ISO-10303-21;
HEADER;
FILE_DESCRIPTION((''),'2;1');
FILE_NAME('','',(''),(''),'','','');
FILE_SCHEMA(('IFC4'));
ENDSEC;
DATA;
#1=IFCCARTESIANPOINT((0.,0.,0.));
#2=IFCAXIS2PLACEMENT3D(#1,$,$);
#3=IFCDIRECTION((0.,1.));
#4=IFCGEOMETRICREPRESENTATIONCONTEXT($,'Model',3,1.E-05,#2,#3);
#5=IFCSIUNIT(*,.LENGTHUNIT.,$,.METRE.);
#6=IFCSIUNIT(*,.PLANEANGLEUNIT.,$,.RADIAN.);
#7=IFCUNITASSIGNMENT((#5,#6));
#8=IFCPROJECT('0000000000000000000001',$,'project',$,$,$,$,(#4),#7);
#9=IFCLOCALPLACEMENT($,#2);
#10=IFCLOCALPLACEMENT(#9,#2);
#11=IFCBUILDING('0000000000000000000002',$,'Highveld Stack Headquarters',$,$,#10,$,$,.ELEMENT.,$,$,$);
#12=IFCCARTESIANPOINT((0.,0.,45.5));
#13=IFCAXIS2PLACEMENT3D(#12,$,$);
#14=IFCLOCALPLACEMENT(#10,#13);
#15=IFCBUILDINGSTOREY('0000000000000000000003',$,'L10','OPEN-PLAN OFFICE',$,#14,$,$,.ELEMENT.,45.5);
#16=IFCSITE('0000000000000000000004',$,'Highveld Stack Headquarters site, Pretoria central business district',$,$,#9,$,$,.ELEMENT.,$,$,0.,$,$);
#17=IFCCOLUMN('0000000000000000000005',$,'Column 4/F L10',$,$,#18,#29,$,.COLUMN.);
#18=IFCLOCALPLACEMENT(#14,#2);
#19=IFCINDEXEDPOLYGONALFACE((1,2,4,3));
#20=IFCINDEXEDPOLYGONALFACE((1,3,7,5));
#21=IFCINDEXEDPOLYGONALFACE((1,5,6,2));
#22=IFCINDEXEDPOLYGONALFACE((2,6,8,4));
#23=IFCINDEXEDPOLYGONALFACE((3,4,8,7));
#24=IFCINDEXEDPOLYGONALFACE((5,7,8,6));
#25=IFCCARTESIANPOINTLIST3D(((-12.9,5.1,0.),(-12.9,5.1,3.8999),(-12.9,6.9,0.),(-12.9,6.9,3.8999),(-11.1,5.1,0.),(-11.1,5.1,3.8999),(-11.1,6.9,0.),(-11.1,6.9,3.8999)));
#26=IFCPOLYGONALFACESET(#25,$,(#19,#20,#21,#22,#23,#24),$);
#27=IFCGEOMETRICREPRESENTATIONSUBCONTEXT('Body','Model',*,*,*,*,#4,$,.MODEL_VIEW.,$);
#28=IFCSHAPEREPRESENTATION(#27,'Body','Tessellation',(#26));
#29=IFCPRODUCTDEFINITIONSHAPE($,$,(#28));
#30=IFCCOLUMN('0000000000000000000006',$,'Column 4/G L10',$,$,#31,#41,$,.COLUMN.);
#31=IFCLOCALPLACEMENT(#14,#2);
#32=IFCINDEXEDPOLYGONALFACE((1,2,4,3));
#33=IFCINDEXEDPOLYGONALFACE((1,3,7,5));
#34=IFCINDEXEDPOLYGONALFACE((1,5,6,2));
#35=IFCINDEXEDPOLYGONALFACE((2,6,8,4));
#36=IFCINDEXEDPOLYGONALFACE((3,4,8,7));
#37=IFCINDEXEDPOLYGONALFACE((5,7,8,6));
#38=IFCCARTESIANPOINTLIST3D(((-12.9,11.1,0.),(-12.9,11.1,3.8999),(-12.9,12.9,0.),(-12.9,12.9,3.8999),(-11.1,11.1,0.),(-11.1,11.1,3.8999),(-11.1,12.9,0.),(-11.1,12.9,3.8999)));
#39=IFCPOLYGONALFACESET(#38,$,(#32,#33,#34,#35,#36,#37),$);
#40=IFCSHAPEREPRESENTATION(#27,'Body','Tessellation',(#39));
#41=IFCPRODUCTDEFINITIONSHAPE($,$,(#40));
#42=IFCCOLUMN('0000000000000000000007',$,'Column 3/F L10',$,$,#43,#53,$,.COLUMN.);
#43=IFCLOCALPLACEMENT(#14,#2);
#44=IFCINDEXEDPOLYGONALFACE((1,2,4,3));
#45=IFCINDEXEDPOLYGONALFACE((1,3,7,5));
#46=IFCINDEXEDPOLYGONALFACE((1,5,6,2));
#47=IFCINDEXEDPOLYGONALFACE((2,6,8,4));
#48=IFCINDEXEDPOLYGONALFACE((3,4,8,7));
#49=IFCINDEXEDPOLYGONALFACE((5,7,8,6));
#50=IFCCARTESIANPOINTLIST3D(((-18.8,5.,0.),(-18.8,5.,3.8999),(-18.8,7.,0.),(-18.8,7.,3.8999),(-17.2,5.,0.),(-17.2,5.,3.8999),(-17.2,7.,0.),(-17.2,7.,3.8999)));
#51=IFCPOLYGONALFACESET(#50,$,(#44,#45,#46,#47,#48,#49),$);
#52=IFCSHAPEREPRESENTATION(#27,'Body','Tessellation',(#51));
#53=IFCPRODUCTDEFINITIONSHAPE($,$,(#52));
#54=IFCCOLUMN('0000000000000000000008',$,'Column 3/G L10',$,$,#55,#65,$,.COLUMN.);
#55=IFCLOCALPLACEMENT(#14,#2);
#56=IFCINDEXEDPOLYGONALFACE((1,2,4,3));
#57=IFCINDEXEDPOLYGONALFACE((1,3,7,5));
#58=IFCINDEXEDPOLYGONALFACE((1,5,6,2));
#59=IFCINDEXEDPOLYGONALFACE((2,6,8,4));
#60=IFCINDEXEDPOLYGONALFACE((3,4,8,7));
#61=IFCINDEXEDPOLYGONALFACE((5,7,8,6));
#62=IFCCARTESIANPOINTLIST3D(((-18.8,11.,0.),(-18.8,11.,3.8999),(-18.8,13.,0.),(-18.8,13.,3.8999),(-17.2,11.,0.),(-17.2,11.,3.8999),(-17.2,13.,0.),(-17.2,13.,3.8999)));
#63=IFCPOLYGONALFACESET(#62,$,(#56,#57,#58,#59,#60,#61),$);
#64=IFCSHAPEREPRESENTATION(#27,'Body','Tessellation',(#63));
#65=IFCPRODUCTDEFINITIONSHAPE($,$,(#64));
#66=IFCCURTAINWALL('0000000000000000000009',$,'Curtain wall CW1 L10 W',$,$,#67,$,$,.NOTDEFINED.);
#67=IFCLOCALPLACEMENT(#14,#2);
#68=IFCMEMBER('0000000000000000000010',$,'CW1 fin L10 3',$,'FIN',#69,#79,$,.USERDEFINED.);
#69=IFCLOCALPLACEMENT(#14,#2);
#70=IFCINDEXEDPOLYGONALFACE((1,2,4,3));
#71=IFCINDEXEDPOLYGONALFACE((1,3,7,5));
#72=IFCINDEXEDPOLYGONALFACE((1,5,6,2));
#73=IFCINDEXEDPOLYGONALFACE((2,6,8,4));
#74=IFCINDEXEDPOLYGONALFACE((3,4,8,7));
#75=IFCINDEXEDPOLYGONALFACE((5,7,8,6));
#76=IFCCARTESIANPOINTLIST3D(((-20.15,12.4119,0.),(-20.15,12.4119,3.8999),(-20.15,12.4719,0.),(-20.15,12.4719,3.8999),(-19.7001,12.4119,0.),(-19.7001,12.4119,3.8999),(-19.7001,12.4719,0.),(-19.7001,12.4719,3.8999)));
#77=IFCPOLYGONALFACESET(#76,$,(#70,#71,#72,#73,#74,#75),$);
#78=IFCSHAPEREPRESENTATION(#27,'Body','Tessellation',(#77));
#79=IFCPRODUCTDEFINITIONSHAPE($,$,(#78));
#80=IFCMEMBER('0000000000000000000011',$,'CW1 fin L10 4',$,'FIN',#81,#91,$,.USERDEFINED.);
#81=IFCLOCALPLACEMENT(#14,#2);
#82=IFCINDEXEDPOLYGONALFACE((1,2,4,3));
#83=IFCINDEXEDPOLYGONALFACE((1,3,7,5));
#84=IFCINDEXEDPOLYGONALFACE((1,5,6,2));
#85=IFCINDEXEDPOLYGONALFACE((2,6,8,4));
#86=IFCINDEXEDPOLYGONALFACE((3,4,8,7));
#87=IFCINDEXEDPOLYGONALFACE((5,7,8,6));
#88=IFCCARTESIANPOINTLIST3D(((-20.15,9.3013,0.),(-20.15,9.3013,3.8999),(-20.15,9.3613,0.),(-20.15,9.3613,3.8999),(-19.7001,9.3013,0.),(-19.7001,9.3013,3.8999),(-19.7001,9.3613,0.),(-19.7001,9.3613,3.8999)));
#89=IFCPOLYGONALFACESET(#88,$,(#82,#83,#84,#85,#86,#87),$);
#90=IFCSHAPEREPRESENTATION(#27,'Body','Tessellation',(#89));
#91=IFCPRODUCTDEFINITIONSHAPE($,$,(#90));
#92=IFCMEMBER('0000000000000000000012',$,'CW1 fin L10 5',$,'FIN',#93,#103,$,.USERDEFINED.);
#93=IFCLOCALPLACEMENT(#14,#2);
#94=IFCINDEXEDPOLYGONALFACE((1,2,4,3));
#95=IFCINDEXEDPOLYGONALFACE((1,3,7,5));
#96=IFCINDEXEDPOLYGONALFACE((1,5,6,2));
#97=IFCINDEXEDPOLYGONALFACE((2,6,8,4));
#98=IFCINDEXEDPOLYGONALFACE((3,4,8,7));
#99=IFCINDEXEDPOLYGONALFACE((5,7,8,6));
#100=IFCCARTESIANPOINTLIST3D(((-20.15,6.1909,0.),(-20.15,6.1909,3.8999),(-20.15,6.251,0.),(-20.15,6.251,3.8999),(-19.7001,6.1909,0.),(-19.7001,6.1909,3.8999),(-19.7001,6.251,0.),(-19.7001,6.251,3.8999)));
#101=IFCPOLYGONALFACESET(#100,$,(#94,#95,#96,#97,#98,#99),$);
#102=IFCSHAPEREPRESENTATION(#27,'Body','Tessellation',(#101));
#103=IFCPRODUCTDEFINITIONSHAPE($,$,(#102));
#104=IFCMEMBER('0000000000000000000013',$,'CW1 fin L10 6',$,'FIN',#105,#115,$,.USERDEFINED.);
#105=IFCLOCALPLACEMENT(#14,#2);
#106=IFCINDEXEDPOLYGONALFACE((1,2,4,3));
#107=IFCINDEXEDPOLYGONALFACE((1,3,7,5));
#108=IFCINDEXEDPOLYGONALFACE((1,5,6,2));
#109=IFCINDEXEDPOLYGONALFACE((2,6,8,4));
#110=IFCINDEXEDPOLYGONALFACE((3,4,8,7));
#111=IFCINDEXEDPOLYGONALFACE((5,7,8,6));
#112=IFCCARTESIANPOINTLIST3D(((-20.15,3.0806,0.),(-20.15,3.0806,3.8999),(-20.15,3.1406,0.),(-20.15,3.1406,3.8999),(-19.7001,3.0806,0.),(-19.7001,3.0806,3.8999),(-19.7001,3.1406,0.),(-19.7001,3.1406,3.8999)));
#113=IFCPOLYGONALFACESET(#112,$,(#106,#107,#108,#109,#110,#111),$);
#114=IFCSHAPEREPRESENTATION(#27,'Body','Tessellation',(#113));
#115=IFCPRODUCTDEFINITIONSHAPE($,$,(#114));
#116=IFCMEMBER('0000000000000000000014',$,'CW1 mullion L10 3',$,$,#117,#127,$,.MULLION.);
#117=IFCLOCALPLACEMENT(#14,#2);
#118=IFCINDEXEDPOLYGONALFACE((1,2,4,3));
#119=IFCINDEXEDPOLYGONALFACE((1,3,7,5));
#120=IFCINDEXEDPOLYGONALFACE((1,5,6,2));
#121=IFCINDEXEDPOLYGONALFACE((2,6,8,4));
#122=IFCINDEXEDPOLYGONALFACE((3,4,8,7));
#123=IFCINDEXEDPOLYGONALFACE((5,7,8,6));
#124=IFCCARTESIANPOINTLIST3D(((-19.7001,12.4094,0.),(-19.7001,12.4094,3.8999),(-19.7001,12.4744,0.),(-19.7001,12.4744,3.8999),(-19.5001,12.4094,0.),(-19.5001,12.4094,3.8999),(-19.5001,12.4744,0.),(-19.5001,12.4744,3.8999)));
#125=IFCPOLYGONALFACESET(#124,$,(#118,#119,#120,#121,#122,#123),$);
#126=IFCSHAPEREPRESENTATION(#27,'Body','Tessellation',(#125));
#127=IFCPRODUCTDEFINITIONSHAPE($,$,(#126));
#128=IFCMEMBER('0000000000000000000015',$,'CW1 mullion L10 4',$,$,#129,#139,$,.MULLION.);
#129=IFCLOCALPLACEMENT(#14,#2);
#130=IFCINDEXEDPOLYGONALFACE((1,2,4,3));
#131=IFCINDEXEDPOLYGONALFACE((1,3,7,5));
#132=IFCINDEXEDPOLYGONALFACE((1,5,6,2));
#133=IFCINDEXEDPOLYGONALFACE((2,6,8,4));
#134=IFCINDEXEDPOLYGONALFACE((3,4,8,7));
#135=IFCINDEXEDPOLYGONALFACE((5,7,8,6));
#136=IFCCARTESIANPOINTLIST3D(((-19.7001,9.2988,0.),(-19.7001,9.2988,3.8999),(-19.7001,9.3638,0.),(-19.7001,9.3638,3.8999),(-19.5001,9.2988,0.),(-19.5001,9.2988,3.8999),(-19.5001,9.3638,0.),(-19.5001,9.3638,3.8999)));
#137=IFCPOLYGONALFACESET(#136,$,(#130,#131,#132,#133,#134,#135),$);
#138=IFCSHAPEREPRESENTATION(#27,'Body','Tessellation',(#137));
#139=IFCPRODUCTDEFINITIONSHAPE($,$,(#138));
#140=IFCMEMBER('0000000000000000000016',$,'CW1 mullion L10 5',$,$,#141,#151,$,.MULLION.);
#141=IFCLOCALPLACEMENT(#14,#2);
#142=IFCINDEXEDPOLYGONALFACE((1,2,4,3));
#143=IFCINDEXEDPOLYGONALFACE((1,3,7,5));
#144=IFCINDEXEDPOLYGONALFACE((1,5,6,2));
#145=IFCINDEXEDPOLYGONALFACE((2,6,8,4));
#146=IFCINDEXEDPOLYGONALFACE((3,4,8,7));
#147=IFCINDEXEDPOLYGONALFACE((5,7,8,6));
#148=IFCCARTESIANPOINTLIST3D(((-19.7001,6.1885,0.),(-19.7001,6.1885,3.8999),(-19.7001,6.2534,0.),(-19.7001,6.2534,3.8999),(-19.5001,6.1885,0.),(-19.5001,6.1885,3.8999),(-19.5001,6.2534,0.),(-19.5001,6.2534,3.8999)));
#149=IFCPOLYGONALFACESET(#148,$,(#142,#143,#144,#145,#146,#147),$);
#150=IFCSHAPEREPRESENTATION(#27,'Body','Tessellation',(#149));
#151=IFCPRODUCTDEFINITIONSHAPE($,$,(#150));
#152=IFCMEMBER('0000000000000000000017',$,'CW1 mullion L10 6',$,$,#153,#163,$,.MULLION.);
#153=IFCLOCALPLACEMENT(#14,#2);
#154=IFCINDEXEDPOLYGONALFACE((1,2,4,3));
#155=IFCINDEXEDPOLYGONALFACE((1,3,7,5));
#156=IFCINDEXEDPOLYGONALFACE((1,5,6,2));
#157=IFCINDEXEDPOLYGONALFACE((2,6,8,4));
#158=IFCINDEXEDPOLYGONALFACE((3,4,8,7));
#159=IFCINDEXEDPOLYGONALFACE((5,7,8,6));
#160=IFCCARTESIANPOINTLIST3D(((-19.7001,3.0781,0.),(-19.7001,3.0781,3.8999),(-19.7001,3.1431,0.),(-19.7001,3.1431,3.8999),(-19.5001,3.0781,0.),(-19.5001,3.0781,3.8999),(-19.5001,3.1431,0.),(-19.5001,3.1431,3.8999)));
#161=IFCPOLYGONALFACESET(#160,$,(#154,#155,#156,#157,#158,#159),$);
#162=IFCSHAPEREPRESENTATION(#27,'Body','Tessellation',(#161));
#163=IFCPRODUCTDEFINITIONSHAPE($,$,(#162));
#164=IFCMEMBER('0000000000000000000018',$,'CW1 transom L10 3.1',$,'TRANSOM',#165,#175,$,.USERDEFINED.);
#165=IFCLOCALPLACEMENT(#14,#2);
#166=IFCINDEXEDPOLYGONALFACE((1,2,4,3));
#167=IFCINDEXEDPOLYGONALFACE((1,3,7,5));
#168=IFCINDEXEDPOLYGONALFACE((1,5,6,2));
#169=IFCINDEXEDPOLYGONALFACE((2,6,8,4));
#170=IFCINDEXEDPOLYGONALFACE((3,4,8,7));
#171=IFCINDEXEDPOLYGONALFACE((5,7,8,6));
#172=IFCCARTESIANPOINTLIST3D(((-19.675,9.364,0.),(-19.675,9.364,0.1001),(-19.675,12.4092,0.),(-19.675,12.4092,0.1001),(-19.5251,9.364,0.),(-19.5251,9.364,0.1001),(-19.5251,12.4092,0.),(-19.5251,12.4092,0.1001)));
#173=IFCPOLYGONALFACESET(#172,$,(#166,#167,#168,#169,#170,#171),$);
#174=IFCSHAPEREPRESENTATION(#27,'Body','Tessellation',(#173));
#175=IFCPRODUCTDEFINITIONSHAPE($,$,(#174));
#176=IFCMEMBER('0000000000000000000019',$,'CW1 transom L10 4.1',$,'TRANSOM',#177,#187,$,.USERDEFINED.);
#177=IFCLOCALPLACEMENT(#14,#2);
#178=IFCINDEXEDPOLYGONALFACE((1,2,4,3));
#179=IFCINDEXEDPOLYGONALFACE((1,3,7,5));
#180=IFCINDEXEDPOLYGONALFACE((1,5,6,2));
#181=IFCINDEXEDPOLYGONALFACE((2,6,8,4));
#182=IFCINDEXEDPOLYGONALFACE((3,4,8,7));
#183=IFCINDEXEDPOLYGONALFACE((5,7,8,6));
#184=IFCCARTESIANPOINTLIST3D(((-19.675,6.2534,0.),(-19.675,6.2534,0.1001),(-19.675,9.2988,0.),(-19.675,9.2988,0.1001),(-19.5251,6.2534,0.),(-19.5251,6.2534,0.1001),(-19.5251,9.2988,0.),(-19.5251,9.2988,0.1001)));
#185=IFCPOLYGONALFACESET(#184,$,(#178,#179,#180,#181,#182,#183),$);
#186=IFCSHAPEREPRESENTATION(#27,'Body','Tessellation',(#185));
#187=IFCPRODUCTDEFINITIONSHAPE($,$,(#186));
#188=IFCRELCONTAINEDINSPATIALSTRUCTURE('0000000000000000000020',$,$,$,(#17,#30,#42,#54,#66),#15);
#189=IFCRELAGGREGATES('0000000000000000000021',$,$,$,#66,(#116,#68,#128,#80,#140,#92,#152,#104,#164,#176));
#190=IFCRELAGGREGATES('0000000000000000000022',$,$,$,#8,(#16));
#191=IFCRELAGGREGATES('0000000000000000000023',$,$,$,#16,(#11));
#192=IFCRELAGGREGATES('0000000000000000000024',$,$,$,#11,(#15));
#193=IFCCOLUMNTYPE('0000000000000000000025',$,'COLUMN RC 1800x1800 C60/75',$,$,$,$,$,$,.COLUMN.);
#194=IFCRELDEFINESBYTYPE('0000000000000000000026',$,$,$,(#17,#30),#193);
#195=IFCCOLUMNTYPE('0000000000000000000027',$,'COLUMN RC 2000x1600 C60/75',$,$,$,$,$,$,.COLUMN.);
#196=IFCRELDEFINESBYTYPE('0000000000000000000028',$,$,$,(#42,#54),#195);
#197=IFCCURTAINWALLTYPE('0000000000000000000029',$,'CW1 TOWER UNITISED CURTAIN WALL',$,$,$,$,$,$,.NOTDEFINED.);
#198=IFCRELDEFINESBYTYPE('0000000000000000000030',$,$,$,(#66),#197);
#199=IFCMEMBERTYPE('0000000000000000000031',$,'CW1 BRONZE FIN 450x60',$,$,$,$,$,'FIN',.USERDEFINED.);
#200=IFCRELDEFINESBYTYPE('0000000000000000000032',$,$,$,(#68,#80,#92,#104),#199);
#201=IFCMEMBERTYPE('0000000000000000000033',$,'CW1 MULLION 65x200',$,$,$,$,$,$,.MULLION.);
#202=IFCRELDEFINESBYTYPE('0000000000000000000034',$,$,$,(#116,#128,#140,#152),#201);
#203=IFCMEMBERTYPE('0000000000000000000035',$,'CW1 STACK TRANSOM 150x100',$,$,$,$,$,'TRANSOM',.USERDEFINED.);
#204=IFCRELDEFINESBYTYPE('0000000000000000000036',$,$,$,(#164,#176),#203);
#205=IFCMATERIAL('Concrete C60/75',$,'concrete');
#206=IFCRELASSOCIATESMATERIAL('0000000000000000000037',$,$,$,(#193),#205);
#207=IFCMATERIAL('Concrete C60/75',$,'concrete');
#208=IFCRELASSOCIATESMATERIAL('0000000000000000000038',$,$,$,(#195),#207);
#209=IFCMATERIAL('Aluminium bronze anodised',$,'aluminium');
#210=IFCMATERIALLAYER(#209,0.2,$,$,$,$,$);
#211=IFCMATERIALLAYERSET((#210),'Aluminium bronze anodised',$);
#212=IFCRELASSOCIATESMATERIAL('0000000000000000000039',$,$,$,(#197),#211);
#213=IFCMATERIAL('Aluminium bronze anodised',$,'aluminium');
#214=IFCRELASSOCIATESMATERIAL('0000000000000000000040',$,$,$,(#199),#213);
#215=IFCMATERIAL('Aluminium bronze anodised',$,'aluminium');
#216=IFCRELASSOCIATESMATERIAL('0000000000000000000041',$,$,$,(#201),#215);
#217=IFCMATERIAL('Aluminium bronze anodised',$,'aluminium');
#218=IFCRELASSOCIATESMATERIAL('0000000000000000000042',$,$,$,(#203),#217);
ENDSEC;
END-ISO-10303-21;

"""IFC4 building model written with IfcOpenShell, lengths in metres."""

from ifc_helpers import new_model, si_unit, direction, frame, origin, origin_2d, place, context, subcontext, project, spatial, rectangle, extrude, material, layer, layer_set, material_profile, profile_set, type_object, element, aggregate, save


model = new_model("IFC4")

# Units and contexts
model_context = context("Model", 3, precision=1e-05, world=origin(), true_north=direction((0.0, 1.0)))
body_context = subcontext(model_context, "Body", "Model", "MODEL_VIEW")
ifc_project = project(units=[si_unit("LENGTHUNIT", "METRE"), si_unit("PLANEANGLEUNIT", "RADIAN")], contexts=[model_context])

# Site, building, storey
site_placement = place(None, origin())
site = spatial("IfcSite", under=ifc_project, at=site_placement, Name="Highveld Stack Headquarters site, Pretoria central business district", CompositionType="ELEMENT", RefElevation=0.0)
building_placement = place(site_placement, origin())
building = spatial("IfcBuilding", under=site, at=building_placement, Name="Highveld Stack Headquarters", CompositionType="ELEMENT")
storey_placement = place(building_placement, frame((0.0, 0.0, 45.5)))
storey = spatial("IfcBuildingStorey", under=building, at=storey_placement, Name="L10", Description="OPEN-PLAN OFFICE", CompositionType="ELEMENT", Elevation=45.5)

# Columns
ifc_material_1 = material(Name="Concrete C60/75", Category="concrete")
ifc_material_profile_1 = material_profile(ifc_material_1, rectangle(XDim=1.8, YDim=1.8, at=origin_2d()), Name="RC 1800x1800")
ifc_profile_set_1 = profile_set([ifc_material_profile_1], Name="Concrete C60/75")
column_type_1 = type_object("IfcColumnType", Name="COLUMN RC 1800x1800 C60/75", PredefinedType="COLUMN", material=ifc_profile_set_1)
for number, where, z_axis, x_axis, name in (
    (1, (-12.0, 6.0, 0.0), (0.0, 0.0, 1.0), (1.0, 0.0, 0.0), "Column 4/F L10"),
    (2, (-12.0, 12.0, 0.0), (0.0, 0.0, 1.0), (1.0, 0.0, 0.0), "Column 4/G L10"),
):
    element("IfcColumn", number, at=place(storey_placement, frame(where, z_axis=z_axis, x_axis=x_axis)), inside=storey, type_object=column_type_1, Name=name, PredefinedType="COLUMN", context=body_context, shape_type="SweptSolid", body=[
        extrude(rectangle(XDim=1.8, YDim=1.8, at=origin_2d()), origin(), (0.0, 0.0, 1.0), 3.8999),
    ])
ifc_material_2 = material(Name="Concrete C60/75", Category="concrete")
ifc_material_profile_2 = material_profile(ifc_material_2, rectangle(XDim=2.0, YDim=1.6001, at=origin_2d()), Name="RC 2000x1600")
ifc_profile_set_2 = profile_set([ifc_material_profile_2], Name="Concrete C60/75")
column_type_2 = type_object("IfcColumnType", Name="COLUMN RC 2000x1600 C60/75", PredefinedType="COLUMN", material=ifc_profile_set_2)
for number, where, z_axis, x_axis, name in (
    (3, (-18.0, 6.0, 0.0), (0.0, 0.0, 1.0), (0.0, 1.0, 0.0), "Column 3/F L10"),
    (4, (-18.0, 12.0, 0.0), (0.0, 0.0, 1.0), (0.0, 1.0, 0.0), "Column 3/G L10"),
):
    element("IfcColumn", number, at=place(storey_placement, frame(where, z_axis=z_axis, x_axis=x_axis)), inside=storey, type_object=column_type_2, Name=name, PredefinedType="COLUMN", context=body_context, shape_type="SweptSolid", body=[
        extrude(rectangle(XDim=2.0, YDim=1.6001, at=origin_2d()), origin(), (0.0, 0.0, 1.0), 3.8999),
    ])

# Curtain wall, members
ifc_material_3 = material(Name="Aluminium bronze anodised", Category="aluminium")
ifc_layer_1 = layer(ifc_material_3, 0.2)
ifc_layer_set_1 = layer_set([ifc_layer_1], Name="Aluminium bronze anodised")
curtain_wall_type = type_object("IfcCurtainWallType", Name="CW1 TOWER UNITISED CURTAIN WALL", PredefinedType="NOTDEFINED", material=ifc_layer_set_1)
curtain_wall_placement = place(storey_placement, origin())
curtain_wall = element("IfcCurtainWall", 5, at=curtain_wall_placement, inside=storey, type_object=curtain_wall_type, Name="Curtain wall CW1 L10 W", PredefinedType="NOTDEFINED")
ifc_material_4 = material(Name="Aluminium bronze anodised", Category="aluminium")
ifc_material_profile_3 = material_profile(ifc_material_4, rectangle(XDim=0.45, YDim=0.0601, at=origin_2d()), Name="FIN 450x60")
ifc_profile_set_3 = profile_set([ifc_material_profile_3], Name="Aluminium bronze anodised")
member_type_1 = type_object("IfcMemberType", Name="CW1 BRONZE FIN 450x60", ElementType="FIN", PredefinedType="USERDEFINED", material=ifc_profile_set_3)
member_1_placement = place(storey_placement, frame((-19.925, 12.4419, 0.0), z_axis=(0.0, 0.0, 1.0), x_axis=(1.0, 0.0, 0.0)))
member_1 = element("IfcMember", 6, at=member_1_placement, type_object=member_type_1, Name="CW1 fin L10 3", ObjectType="FIN", PredefinedType="USERDEFINED", context=body_context, shape_type="SweptSolid", body=[
    extrude(rectangle(XDim=0.45, YDim=0.0601, at=origin_2d()), origin(), (0.0, 0.0, 1.0), 3.8999),
])
member_2_placement = place(storey_placement, frame((-19.925, 9.3313, 0.0), z_axis=(0.0, 0.0, 1.0), x_axis=(1.0, 0.0, 0.0)))
member_2 = element("IfcMember", 7, at=member_2_placement, type_object=member_type_1, Name="CW1 fin L10 4", ObjectType="FIN", PredefinedType="USERDEFINED", context=body_context, shape_type="SweptSolid", body=[
    extrude(rectangle(XDim=0.45, YDim=0.0601, at=origin_2d()), origin(), (0.0, 0.0, 1.0), 3.8999),
])
member_3_placement = place(storey_placement, frame((-19.925, 6.2209, 0.0), z_axis=(0.0, 0.0, 1.0), x_axis=(1.0, 0.0, 0.0)))
member_3 = element("IfcMember", 8, at=member_3_placement, type_object=member_type_1, Name="CW1 fin L10 5", ObjectType="FIN", PredefinedType="USERDEFINED", context=body_context, shape_type="SweptSolid", body=[
    extrude(rectangle(XDim=0.45, YDim=0.0601, at=origin_2d()), origin(), (0.0, 0.0, 1.0), 3.8999),
])
member_4_placement = place(storey_placement, frame((-19.925, 3.1106, 0.0), z_axis=(0.0, 0.0, 1.0), x_axis=(1.0, 0.0, 0.0)))
member_4 = element("IfcMember", 9, at=member_4_placement, type_object=member_type_1, Name="CW1 fin L10 6", ObjectType="FIN", PredefinedType="USERDEFINED", context=body_context, shape_type="SweptSolid", body=[
    extrude(rectangle(XDim=0.45, YDim=0.0601, at=origin_2d()), origin(), (0.0, 0.0, 1.0), 3.8999),
])
ifc_material_5 = material(Name="Aluminium bronze anodised", Category="aluminium")
ifc_material_profile_4 = material_profile(ifc_material_5, rectangle(XDim=0.2, YDim=0.0649, at=origin_2d()), Name="CW1 MULLION 65x200")
ifc_profile_set_4 = profile_set([ifc_material_profile_4], Name="Aluminium bronze anodised")
member_type_2 = type_object("IfcMemberType", Name="CW1 MULLION 65x200", PredefinedType="MULLION", material=ifc_profile_set_4)
member_5_placement = place(storey_placement, frame((-19.6001, 12.4419, 0.0), z_axis=(0.0, 0.0, 1.0), x_axis=(1.0, 0.0, 0.0)))
member_5 = element("IfcMember", 10, at=member_5_placement, type_object=member_type_2, Name="CW1 mullion L10 3", PredefinedType="MULLION", context=body_context, shape_type="SweptSolid", body=[
    extrude(rectangle(XDim=0.2, YDim=0.0649, at=origin_2d()), origin(), (0.0, 0.0, 1.0), 3.8999),
])
member_6_placement = place(storey_placement, frame((-19.6001, 9.3313, 0.0), z_axis=(0.0, 0.0, 1.0), x_axis=(1.0, 0.0, 0.0)))
member_6 = element("IfcMember", 11, at=member_6_placement, type_object=member_type_2, Name="CW1 mullion L10 4", PredefinedType="MULLION", context=body_context, shape_type="SweptSolid", body=[
    extrude(rectangle(XDim=0.2, YDim=0.0649, at=origin_2d()), origin(), (0.0, 0.0, 1.0), 3.8999),
])
member_7_placement = place(storey_placement, frame((-19.6001, 6.2209, 0.0), z_axis=(0.0, 0.0, 1.0), x_axis=(1.0, 0.0, 0.0)))
member_7 = element("IfcMember", 12, at=member_7_placement, type_object=member_type_2, Name="CW1 mullion L10 5", PredefinedType="MULLION", context=body_context, shape_type="SweptSolid", body=[
    extrude(rectangle(XDim=0.2, YDim=0.0649, at=origin_2d()), origin(), (0.0, 0.0, 1.0), 3.8999),
])
member_8_placement = place(storey_placement, frame((-19.6001, 3.1106, 0.0), z_axis=(0.0, 0.0, 1.0), x_axis=(1.0, 0.0, 0.0)))
member_8 = element("IfcMember", 13, at=member_8_placement, type_object=member_type_2, Name="CW1 mullion L10 6", PredefinedType="MULLION", context=body_context, shape_type="SweptSolid", body=[
    extrude(rectangle(XDim=0.2, YDim=0.0649, at=origin_2d()), origin(), (0.0, 0.0, 1.0), 3.8999),
])
ifc_material_6 = material(Name="Aluminium bronze anodised", Category="aluminium")
ifc_material_profile_5 = material_profile(ifc_material_6, rectangle(XDim=0.1499, YDim=0.1001, at=origin_2d()), Name="CW1 TRANSOM 150x100")
ifc_profile_set_5 = profile_set([ifc_material_profile_5], Name="Aluminium bronze anodised")
member_type_3 = type_object("IfcMemberType", Name="CW1 STACK TRANSOM 150x100", ElementType="TRANSOM", PredefinedType="USERDEFINED", material=ifc_profile_set_5)
member_9_placement = place(storey_placement, frame((-19.6001, 12.4092, 0.05), z_axis=(0.0, -1.0, 0.0), x_axis=(1.0, 0.0, 0.0)))
member_9 = element("IfcMember", 14, at=member_9_placement, type_object=member_type_3, Name="CW1 transom L10 3.1", ObjectType="TRANSOM", PredefinedType="USERDEFINED", context=body_context, shape_type="SweptSolid", body=[
    extrude(rectangle(XDim=0.1499, YDim=0.1001, at=origin_2d()), origin(), (0.0, 0.0, 1.0), 3.0452),
])
member_10_placement = place(storey_placement, frame((-19.6001, 9.2988, 0.05), z_axis=(0.0, -1.0, 0.0), x_axis=(1.0, 0.0, 0.0)))
member_10 = element("IfcMember", 15, at=member_10_placement, type_object=member_type_3, Name="CW1 transom L10 4.1", ObjectType="TRANSOM", PredefinedType="USERDEFINED", context=body_context, shape_type="SweptSolid", body=[
    extrude(rectangle(XDim=0.1499, YDim=0.1001, at=origin_2d()), origin(), (0.0, 0.0, 1.0), 3.0454),
])
aggregate(curtain_wall, [member_5, member_1, member_6, member_2, member_7, member_3, member_8, member_4, member_9, member_10])

save(model, "model.ifc")
